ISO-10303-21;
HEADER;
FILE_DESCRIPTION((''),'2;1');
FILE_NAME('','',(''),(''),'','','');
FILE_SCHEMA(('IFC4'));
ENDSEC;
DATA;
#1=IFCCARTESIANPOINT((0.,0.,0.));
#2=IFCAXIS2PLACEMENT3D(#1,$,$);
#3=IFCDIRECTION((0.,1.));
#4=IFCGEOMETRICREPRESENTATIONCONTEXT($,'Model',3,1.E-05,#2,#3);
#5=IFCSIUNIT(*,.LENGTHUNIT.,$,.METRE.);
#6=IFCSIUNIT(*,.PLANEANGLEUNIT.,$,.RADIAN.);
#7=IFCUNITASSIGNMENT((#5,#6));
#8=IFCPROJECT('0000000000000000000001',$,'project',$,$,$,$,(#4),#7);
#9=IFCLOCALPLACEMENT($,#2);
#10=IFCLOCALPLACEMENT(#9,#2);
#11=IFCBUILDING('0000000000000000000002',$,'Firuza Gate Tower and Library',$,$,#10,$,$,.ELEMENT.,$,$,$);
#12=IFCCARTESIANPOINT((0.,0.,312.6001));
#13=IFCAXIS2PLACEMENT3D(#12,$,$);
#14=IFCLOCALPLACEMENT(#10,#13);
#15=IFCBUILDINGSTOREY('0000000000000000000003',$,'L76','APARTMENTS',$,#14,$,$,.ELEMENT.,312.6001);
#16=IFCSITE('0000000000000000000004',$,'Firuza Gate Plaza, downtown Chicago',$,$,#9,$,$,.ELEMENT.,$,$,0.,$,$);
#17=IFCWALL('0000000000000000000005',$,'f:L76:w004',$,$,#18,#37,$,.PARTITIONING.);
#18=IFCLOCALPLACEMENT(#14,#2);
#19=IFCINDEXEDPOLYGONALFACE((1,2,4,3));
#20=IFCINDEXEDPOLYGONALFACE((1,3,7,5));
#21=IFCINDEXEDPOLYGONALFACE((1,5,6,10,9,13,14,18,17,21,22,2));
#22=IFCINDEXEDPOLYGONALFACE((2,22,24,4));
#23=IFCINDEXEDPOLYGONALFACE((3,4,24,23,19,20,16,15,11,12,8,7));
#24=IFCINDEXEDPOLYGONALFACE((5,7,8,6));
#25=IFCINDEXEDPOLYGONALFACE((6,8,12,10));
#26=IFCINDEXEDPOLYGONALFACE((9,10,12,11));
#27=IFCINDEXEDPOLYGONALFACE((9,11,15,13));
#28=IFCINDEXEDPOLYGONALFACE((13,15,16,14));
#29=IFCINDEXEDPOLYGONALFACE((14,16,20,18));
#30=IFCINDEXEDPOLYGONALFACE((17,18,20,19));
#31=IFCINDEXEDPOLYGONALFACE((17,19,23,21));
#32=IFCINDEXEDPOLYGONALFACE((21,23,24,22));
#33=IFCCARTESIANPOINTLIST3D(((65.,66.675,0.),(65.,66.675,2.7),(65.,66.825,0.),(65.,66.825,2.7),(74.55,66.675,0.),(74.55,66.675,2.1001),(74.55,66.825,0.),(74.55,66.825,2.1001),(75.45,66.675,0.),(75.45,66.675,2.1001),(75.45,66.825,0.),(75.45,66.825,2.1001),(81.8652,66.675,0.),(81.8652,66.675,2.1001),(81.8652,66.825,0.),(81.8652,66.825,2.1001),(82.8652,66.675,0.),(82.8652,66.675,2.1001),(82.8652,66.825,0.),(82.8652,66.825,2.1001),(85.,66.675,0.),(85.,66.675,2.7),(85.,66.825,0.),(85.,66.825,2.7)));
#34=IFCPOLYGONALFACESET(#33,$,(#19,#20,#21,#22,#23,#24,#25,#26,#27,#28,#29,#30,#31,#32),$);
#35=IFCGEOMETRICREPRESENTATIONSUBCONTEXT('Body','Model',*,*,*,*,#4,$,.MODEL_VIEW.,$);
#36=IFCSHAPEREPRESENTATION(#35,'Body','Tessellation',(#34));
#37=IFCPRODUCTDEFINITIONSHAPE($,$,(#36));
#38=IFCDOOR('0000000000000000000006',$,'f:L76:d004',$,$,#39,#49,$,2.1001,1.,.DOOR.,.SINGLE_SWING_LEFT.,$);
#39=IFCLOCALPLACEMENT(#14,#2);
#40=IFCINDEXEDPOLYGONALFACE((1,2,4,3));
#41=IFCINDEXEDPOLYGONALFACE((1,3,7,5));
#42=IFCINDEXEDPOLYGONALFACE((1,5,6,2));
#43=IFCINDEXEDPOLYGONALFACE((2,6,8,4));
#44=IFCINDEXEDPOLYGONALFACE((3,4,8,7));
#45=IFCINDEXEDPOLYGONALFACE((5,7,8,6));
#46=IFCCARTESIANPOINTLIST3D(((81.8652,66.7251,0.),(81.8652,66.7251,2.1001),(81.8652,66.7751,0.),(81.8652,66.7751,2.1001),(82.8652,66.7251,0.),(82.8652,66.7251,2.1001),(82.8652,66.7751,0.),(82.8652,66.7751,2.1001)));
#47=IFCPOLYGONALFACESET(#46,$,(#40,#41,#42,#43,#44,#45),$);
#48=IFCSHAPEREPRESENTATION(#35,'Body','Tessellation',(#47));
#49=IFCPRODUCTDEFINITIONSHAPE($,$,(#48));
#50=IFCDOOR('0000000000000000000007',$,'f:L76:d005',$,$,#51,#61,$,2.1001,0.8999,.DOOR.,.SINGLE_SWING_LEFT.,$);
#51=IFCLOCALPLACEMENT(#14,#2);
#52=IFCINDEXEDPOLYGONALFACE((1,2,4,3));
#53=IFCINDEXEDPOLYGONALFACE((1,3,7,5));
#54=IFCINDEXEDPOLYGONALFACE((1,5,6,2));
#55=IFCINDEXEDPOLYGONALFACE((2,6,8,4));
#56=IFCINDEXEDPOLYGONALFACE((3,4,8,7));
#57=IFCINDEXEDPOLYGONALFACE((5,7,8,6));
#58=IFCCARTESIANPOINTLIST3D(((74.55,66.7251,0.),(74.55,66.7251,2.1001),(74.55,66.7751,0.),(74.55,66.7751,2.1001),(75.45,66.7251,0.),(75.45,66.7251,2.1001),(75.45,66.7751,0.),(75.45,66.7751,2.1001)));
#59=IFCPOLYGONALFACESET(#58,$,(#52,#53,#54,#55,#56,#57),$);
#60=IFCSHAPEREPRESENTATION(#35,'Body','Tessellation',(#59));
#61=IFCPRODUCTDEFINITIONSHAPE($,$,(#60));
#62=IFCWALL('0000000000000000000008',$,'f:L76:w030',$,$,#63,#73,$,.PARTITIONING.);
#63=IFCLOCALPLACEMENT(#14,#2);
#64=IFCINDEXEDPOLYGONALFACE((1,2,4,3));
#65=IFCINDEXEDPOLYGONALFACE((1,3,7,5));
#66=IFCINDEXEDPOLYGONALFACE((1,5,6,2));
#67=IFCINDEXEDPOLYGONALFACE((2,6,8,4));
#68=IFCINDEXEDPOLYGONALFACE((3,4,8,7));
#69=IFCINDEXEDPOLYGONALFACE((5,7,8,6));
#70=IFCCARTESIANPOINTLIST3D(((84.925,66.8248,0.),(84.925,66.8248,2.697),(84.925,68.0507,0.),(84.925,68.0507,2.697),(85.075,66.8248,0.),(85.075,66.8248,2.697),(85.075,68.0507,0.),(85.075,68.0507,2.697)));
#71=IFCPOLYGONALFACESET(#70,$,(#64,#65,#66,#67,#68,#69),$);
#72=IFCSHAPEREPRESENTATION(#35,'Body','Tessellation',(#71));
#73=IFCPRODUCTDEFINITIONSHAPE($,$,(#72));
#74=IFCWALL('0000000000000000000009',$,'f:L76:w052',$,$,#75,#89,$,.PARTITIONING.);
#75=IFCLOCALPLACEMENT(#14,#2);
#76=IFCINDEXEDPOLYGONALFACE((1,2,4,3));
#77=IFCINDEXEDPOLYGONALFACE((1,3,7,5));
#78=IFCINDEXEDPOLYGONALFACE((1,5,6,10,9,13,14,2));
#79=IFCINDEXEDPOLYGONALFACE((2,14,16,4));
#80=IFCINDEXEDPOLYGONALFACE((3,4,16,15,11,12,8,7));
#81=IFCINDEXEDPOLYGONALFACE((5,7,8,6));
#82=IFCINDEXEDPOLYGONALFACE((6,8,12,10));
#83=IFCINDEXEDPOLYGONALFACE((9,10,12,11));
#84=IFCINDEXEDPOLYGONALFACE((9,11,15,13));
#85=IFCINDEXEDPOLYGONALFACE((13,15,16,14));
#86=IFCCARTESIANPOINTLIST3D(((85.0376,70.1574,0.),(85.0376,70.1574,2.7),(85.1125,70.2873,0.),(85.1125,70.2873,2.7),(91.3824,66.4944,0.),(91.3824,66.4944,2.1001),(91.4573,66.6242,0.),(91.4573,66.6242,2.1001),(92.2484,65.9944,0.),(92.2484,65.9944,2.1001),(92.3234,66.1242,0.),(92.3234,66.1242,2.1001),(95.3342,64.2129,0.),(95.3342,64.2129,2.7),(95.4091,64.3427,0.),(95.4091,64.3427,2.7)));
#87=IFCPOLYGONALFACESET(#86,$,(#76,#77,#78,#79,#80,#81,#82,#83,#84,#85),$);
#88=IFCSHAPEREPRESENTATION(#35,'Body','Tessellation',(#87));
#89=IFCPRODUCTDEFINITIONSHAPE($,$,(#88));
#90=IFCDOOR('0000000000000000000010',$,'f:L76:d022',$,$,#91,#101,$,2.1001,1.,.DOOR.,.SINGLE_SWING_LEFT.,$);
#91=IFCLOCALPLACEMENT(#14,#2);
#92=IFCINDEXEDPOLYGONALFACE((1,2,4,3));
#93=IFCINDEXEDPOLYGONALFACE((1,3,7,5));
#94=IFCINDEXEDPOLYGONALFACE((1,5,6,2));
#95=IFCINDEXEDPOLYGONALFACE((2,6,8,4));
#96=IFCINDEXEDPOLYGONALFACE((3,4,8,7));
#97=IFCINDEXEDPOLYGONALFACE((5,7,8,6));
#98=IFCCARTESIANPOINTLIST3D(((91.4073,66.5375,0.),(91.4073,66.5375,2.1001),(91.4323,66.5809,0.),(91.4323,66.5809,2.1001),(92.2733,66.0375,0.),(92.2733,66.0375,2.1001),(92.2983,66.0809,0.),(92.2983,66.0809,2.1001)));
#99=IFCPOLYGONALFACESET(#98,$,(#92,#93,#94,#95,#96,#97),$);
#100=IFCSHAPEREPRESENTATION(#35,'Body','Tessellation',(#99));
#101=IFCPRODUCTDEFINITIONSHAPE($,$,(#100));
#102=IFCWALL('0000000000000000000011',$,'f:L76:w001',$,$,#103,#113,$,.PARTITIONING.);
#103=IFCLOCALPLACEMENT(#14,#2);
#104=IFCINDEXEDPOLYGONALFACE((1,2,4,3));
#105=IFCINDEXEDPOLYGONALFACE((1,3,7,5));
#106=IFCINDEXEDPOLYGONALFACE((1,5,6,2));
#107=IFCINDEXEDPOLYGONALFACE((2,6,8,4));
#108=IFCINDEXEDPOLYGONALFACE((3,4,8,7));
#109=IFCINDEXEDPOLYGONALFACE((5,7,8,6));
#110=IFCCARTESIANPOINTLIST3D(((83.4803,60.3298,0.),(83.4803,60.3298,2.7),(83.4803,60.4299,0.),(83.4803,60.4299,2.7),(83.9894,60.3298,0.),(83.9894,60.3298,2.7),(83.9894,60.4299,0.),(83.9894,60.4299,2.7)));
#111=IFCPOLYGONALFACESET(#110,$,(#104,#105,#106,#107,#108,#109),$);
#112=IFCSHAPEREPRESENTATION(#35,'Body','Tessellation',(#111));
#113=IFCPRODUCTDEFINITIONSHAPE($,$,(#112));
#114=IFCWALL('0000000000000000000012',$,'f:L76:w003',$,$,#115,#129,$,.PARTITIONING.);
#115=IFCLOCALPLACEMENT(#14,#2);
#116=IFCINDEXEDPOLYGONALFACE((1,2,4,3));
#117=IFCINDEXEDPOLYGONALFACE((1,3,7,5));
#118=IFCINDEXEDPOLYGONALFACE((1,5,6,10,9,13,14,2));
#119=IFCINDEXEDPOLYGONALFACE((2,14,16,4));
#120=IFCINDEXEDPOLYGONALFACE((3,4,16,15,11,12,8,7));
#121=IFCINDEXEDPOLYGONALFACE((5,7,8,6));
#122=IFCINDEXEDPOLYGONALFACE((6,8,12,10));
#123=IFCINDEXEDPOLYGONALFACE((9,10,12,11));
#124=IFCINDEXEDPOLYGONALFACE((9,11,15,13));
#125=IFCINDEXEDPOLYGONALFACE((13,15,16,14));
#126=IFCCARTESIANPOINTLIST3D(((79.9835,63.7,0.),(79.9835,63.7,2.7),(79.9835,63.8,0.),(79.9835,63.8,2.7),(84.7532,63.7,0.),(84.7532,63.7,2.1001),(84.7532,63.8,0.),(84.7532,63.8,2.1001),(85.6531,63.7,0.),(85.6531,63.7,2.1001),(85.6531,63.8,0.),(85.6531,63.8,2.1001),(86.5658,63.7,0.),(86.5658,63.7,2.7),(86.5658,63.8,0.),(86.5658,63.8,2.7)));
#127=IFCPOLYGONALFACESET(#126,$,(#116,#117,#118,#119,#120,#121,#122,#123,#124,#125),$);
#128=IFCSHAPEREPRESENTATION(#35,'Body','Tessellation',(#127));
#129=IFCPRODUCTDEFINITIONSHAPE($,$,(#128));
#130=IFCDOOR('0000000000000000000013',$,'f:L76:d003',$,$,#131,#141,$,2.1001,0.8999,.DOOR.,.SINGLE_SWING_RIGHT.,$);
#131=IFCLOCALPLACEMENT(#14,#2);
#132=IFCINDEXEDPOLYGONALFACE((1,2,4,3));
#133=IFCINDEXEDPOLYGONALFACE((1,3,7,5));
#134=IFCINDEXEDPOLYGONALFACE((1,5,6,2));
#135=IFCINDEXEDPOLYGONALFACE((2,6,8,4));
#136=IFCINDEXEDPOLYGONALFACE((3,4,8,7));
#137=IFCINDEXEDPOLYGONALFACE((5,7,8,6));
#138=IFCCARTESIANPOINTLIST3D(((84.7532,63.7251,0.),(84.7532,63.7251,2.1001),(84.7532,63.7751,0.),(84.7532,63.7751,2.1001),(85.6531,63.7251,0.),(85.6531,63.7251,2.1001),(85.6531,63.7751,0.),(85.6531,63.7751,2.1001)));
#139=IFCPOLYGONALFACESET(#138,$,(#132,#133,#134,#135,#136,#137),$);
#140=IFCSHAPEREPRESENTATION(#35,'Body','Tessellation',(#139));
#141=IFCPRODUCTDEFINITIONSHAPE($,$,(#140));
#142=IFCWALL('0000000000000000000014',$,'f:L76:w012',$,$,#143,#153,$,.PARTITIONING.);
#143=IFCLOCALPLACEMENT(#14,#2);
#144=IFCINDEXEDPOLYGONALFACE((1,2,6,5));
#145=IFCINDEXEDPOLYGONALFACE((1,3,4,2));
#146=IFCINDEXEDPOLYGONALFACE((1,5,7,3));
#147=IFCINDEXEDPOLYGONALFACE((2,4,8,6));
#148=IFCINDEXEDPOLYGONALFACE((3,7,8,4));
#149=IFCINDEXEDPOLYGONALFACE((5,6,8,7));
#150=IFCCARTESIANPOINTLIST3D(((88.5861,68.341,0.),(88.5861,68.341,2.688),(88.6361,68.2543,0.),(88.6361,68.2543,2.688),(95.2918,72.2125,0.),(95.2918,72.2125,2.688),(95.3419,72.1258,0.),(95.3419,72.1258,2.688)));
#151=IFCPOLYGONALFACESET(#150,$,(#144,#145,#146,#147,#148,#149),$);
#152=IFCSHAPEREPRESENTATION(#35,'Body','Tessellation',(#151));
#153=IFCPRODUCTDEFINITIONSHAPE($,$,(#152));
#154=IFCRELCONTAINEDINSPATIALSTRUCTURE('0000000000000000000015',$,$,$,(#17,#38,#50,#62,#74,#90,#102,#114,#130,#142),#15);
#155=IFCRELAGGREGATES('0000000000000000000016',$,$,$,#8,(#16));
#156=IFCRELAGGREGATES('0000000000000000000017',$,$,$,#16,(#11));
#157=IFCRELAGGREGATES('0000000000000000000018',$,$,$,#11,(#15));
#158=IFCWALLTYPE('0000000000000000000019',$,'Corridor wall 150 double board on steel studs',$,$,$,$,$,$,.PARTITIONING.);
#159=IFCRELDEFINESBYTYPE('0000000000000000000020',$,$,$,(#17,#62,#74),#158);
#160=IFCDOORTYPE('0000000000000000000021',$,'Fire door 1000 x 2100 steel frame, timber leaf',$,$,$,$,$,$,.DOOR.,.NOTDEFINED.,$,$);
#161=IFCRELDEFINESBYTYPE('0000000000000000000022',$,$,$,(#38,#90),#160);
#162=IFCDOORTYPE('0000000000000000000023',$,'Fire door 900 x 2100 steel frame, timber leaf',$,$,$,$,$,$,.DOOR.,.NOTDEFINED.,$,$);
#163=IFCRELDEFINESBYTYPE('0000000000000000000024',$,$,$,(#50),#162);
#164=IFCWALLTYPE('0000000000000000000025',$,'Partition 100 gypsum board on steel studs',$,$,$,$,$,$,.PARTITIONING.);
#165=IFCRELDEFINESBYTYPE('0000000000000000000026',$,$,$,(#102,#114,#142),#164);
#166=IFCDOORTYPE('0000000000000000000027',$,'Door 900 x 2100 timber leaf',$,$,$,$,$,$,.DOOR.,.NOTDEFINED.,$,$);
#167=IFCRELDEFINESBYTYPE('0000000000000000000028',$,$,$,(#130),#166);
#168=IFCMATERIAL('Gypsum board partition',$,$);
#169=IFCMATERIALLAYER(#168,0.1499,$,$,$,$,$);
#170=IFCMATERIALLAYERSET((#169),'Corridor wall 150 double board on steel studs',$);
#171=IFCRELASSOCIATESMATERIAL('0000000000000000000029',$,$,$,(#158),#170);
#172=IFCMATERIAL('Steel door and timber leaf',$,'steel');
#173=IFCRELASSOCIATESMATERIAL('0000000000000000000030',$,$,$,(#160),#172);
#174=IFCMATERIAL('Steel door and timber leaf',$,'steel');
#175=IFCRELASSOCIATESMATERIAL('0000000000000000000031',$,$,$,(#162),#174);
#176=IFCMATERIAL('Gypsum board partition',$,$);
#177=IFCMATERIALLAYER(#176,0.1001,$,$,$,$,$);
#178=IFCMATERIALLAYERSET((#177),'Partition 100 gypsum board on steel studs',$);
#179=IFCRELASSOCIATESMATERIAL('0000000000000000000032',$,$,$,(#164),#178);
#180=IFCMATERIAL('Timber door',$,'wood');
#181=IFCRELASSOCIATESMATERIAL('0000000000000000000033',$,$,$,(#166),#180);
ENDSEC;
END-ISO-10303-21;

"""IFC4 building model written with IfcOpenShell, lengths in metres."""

from ifc_helpers import new_model, si_unit, direction, frame, frame_2d, origin, place, context, subcontext, project, spatial, rectangle, extrude, material, layer, layer_set, type_object, element, fill, save


model = new_model("IFC4")

# Units and contexts
model_context = context("Model", 3, precision=1e-05, world=origin(), true_north=direction((0.0, 1.0)))
body_context = subcontext(model_context, "Body", "Model", "MODEL_VIEW")
ifc_project = project(units=[si_unit("LENGTHUNIT", "METRE"), si_unit("PLANEANGLEUNIT", "RADIAN")], contexts=[model_context])

# Site, building, storey
site_placement = place(None, origin())
site = spatial("IfcSite", under=ifc_project, at=site_placement, Name="Firuza Gate Plaza, downtown Chicago", CompositionType="ELEMENT", RefElevation=0.0)
building_placement = place(site_placement, origin())
building = spatial("IfcBuilding", under=site, at=building_placement, Name="Firuza Gate Tower and Library", CompositionType="ELEMENT")
storey_placement = place(building_placement, frame((0.0, 0.0, 312.6001)))
storey = spatial("IfcBuildingStorey", under=building, at=storey_placement, Name="L76", Description="APARTMENTS", CompositionType="ELEMENT", Elevation=312.6001)

# Wall, openings, doors
ifc_material_1 = material(Name="Gypsum board partition")
ifc_layer_1 = layer(ifc_material_1, 0.1499)
ifc_layer_set_1 = layer_set([ifc_layer_1], Name="Corridor wall 150 double board on steel studs")
wall_type_1 = type_object("IfcWallType", Name="Corridor wall 150 double board on steel studs", PredefinedType="PARTITIONING", material=ifc_layer_set_1)
wall_1_placement = place(storey_placement, frame((85.0, 66.75, 0.0), z_axis=(0.0, 0.0, 1.0), x_axis=(-1.0, 0.0, 0.0)))
wall_1 = element("IfcWall", 1, at=wall_1_placement, inside=storey, type_object=wall_type_1, Name="f:L76:w004", PredefinedType="PARTITIONING", context=body_context, shape_type="SweptSolid", body=[
    extrude(rectangle(XDim=20.0, YDim=0.1499, at=frame_2d((10.0, 0.0))), origin(), (0.0, 0.0, 1.0), 2.7),
])
opening_1_placement = place(wall_1_placement, frame((2.1348, 0.0, 0.0)))
opening_1 = element("IfcOpeningElement", 2, at=opening_1_placement, cuts=wall_1, PredefinedType="OPENING", context=body_context, shape_type="SweptSolid", body=[
    extrude(rectangle(XDim=1.0, YDim=2.1001, at=frame_2d((0.5, 1.05))), frame((0.0, 0.085, 0.0), z_axis=(0.0, -1.0, 0.0), x_axis=(1.0, 0.0, 0.0)), (0.0, 0.0, 1.0), 0.1699),
])
opening_2_placement = place(wall_1_placement, frame((9.55, 0.0, 0.0)))
opening_2 = element("IfcOpeningElement", 3, at=opening_2_placement, cuts=wall_1, PredefinedType="OPENING", context=body_context, shape_type="SweptSolid", body=[
    extrude(rectangle(XDim=0.8999, YDim=2.1001, at=frame_2d((0.45, 1.05))), frame((0.0, 0.085, 0.0), z_axis=(0.0, -1.0, 0.0), x_axis=(1.0, 0.0, 0.0)), (0.0, 0.0, 1.0), 0.1699),
])
ifc_material_2 = material(Name="Steel door and timber leaf", Category="steel")
door_type_1 = type_object("IfcDoorType", Name="Fire door 1000 x 2100 steel frame, timber leaf", OperationType="NOTDEFINED", PredefinedType="DOOR", material=ifc_material_2)
door_1_placement = place(opening_1_placement, origin())
door_1 = element("IfcDoor", 4, at=door_1_placement, inside=storey, type_object=door_type_1, Name="f:L76:d004", OperationType="SINGLE_SWING_LEFT", OverallHeight=2.1001, OverallWidth=1.0, PredefinedType="DOOR", context=body_context, shape_type="SweptSolid", body=[
    extrude(rectangle(XDim=1.0, YDim=2.1001, at=frame_2d((0.5, 1.05))), frame((0.0, 0.0249, 0.0), z_axis=(0.0, -1.0, 0.0), x_axis=(1.0, 0.0, 0.0)), (0.0, 0.0, 1.0), 0.05),
])
fill(opening_1, door_1)
ifc_material_3 = material(Name="Steel door and timber leaf", Category="steel")
door_type_2 = type_object("IfcDoorType", Name="Fire door 900 x 2100 steel frame, timber leaf", OperationType="NOTDEFINED", PredefinedType="DOOR", material=ifc_material_3)
door_2_placement = place(opening_2_placement, origin())
door_2 = element("IfcDoor", 5, at=door_2_placement, inside=storey, type_object=door_type_2, Name="f:L76:d005", OperationType="SINGLE_SWING_LEFT", OverallHeight=2.1001, OverallWidth=0.8999, PredefinedType="DOOR", context=body_context, shape_type="SweptSolid", body=[
    extrude(rectangle(XDim=0.8999, YDim=2.1001, at=frame_2d((0.45, 1.05))), frame((0.0, 0.0249, 0.0), z_axis=(0.0, -1.0, 0.0), x_axis=(1.0, 0.0, 0.0)), (0.0, 0.0, 1.0), 0.05),
])
fill(opening_2, door_2)

# Wall
wall_2_placement = place(storey_placement, frame((85.0, 66.825, 0.0), z_axis=(0.0, 0.0, 1.0), x_axis=(0.0, 1.0, 0.0)))
element("IfcWall", 6, at=wall_2_placement, inside=storey, type_object=wall_type_1, Name="f:L76:w030", PredefinedType="PARTITIONING", context=body_context, shape_type="SweptSolid", body=[
    extrude(rectangle(XDim=1.2258, YDim=0.1499, at=frame_2d((0.6128, 0.0))), origin(), (0.0, 0.0, 1.0), 2.697),
])

# Wall, opening, door
wall_3_placement = place(storey_placement, frame((85.075, 70.2224, 0.0), z_axis=(0.0, 0.0, 1.0), x_axis=(0.866032, -0.499988, 0.0)))
wall_3 = element("IfcWall", 7, at=wall_3_placement, inside=storey, type_object=wall_type_1, Name="f:L76:w052", PredefinedType="PARTITIONING", context=body_context, shape_type="SweptSolid", body=[
    extrude(rectangle(XDim=11.8894, YDim=0.1499, at=frame_2d((5.9448, 0.0))), origin(), (0.0, 0.0, 1.0), 2.7),
])
opening_3_placement = place(wall_3_placement, frame((7.3264, 0.0, 0.0)))
opening_3 = element("IfcOpeningElement", 8, at=opening_3_placement, cuts=wall_3, PredefinedType="OPENING", context=body_context, shape_type="SweptSolid", body=[
    extrude(rectangle(XDim=1.0, YDim=2.1001, at=frame_2d((0.5, 1.05))), frame((0.0, 0.085, 0.0), z_axis=(0.0, -1.0, 0.0), x_axis=(1.0, 0.0, 0.0)), (0.0, 0.0, 1.0), 0.1699),
])
door_3_placement = place(opening_3_placement, origin())
door_3 = element("IfcDoor", 9, at=door_3_placement, inside=storey, type_object=door_type_1, Name="f:L76:d022", OperationType="SINGLE_SWING_LEFT", OverallHeight=2.1001, OverallWidth=1.0, PredefinedType="DOOR", context=body_context, shape_type="SweptSolid", body=[
    extrude(rectangle(XDim=1.0, YDim=2.1001, at=frame_2d((0.5, 1.05))), frame((0.0, 0.0249, 0.0), z_axis=(0.0, -1.0, 0.0), x_axis=(1.0, 0.0, 0.0)), (0.0, 0.0, 1.0), 0.05),
])
fill(opening_3, door_3)

# Wall
ifc_material_4 = material(Name="Gypsum board partition")
ifc_layer_2 = layer(ifc_material_4, 0.1001)
ifc_layer_set_2 = layer_set([ifc_layer_2], Name="Partition 100 gypsum board on steel studs")
wall_type_2 = type_object("IfcWallType", Name="Partition 100 gypsum board on steel studs", PredefinedType="PARTITIONING", material=ifc_layer_set_2)
wall_4_placement = place(storey_placement, frame((83.4805, 60.3799, 0.0), z_axis=(0.0, 0.0, 1.0), x_axis=(1.0, 0.0, 0.0)))
element("IfcWall", 10, at=wall_4_placement, inside=storey, type_object=wall_type_2, Name="f:L76:w001", PredefinedType="PARTITIONING", context=body_context, shape_type="SweptSolid", body=[
    extrude(rectangle(XDim=0.509, YDim=0.1001, at=frame_2d((0.2544, 0.0))), origin(), (0.0, 0.0, 1.0), 2.7),
])

# Wall, opening, door
wall_5_placement = place(storey_placement, frame((86.5657, 63.75, 0.0), z_axis=(0.0, 0.0, 1.0), x_axis=(-1.0, 0.0, 0.0)))
wall_5 = element("IfcWall", 11, at=wall_5_placement, inside=storey, type_object=wall_type_2, Name="f:L76:w003", PredefinedType="PARTITIONING", context=body_context, shape_type="SweptSolid", body=[
    extrude(rectangle(XDim=6.5823, YDim=0.1001, at=frame_2d((3.291, 0.0))), origin(), (0.0, 0.0, 1.0), 2.7),
])
opening_4_placement = place(wall_5_placement, frame((0.9126, 0.0, 0.0)))
opening_4 = element("IfcOpeningElement", 12, at=opening_4_placement, cuts=wall_5, PredefinedType="OPENING", context=body_context, shape_type="SweptSolid", body=[
    extrude(rectangle(XDim=0.8999, YDim=2.1001, at=frame_2d((0.45, 1.05))), frame((0.0, 0.0601, 0.0), z_axis=(0.0, -1.0, 0.0), x_axis=(1.0, 0.0, 0.0)), (0.0, 0.0, 1.0), 0.1201),
])
ifc_material_5 = material(Name="Timber door", Category="wood")
door_type_3 = type_object("IfcDoorType", Name="Door 900 x 2100 timber leaf", OperationType="NOTDEFINED", PredefinedType="DOOR", material=ifc_material_5)
door_4_placement = place(opening_4_placement, origin())
door_4 = element("IfcDoor", 13, at=door_4_placement, inside=storey, type_object=door_type_3, Name="f:L76:d003", OperationType="SINGLE_SWING_RIGHT", OverallHeight=2.1001, OverallWidth=0.8999, PredefinedType="DOOR", context=body_context, shape_type="SweptSolid", body=[
    extrude(rectangle(XDim=0.8999, YDim=2.1001, at=frame_2d((0.45, 1.05))), frame((0.0, 0.0249, 0.0), z_axis=(0.0, -1.0, 0.0), x_axis=(1.0, 0.0, 0.0)), (0.0, 0.0, 1.0), 0.05),
])
fill(opening_4, door_4)

# Wall
wall_6_placement = place(storey_placement, frame((88.6111, 68.2976, 0.0), z_axis=(0.0, 0.0, 1.0), x_axis=(0.866026, 0.499998, 0.0)))
element("IfcWall", 14, at=wall_6_placement, inside=storey, type_object=wall_type_2, Name="f:L76:w012", PredefinedType="PARTITIONING", context=body_context, shape_type="SweptSolid", body=[
    extrude(rectangle(XDim=7.7432, YDim=0.1001, at=frame_2d((3.8716, 0.0))), origin(), (0.0, 0.0, 1.0), 2.688),
])

save(model, "model.ifc")
